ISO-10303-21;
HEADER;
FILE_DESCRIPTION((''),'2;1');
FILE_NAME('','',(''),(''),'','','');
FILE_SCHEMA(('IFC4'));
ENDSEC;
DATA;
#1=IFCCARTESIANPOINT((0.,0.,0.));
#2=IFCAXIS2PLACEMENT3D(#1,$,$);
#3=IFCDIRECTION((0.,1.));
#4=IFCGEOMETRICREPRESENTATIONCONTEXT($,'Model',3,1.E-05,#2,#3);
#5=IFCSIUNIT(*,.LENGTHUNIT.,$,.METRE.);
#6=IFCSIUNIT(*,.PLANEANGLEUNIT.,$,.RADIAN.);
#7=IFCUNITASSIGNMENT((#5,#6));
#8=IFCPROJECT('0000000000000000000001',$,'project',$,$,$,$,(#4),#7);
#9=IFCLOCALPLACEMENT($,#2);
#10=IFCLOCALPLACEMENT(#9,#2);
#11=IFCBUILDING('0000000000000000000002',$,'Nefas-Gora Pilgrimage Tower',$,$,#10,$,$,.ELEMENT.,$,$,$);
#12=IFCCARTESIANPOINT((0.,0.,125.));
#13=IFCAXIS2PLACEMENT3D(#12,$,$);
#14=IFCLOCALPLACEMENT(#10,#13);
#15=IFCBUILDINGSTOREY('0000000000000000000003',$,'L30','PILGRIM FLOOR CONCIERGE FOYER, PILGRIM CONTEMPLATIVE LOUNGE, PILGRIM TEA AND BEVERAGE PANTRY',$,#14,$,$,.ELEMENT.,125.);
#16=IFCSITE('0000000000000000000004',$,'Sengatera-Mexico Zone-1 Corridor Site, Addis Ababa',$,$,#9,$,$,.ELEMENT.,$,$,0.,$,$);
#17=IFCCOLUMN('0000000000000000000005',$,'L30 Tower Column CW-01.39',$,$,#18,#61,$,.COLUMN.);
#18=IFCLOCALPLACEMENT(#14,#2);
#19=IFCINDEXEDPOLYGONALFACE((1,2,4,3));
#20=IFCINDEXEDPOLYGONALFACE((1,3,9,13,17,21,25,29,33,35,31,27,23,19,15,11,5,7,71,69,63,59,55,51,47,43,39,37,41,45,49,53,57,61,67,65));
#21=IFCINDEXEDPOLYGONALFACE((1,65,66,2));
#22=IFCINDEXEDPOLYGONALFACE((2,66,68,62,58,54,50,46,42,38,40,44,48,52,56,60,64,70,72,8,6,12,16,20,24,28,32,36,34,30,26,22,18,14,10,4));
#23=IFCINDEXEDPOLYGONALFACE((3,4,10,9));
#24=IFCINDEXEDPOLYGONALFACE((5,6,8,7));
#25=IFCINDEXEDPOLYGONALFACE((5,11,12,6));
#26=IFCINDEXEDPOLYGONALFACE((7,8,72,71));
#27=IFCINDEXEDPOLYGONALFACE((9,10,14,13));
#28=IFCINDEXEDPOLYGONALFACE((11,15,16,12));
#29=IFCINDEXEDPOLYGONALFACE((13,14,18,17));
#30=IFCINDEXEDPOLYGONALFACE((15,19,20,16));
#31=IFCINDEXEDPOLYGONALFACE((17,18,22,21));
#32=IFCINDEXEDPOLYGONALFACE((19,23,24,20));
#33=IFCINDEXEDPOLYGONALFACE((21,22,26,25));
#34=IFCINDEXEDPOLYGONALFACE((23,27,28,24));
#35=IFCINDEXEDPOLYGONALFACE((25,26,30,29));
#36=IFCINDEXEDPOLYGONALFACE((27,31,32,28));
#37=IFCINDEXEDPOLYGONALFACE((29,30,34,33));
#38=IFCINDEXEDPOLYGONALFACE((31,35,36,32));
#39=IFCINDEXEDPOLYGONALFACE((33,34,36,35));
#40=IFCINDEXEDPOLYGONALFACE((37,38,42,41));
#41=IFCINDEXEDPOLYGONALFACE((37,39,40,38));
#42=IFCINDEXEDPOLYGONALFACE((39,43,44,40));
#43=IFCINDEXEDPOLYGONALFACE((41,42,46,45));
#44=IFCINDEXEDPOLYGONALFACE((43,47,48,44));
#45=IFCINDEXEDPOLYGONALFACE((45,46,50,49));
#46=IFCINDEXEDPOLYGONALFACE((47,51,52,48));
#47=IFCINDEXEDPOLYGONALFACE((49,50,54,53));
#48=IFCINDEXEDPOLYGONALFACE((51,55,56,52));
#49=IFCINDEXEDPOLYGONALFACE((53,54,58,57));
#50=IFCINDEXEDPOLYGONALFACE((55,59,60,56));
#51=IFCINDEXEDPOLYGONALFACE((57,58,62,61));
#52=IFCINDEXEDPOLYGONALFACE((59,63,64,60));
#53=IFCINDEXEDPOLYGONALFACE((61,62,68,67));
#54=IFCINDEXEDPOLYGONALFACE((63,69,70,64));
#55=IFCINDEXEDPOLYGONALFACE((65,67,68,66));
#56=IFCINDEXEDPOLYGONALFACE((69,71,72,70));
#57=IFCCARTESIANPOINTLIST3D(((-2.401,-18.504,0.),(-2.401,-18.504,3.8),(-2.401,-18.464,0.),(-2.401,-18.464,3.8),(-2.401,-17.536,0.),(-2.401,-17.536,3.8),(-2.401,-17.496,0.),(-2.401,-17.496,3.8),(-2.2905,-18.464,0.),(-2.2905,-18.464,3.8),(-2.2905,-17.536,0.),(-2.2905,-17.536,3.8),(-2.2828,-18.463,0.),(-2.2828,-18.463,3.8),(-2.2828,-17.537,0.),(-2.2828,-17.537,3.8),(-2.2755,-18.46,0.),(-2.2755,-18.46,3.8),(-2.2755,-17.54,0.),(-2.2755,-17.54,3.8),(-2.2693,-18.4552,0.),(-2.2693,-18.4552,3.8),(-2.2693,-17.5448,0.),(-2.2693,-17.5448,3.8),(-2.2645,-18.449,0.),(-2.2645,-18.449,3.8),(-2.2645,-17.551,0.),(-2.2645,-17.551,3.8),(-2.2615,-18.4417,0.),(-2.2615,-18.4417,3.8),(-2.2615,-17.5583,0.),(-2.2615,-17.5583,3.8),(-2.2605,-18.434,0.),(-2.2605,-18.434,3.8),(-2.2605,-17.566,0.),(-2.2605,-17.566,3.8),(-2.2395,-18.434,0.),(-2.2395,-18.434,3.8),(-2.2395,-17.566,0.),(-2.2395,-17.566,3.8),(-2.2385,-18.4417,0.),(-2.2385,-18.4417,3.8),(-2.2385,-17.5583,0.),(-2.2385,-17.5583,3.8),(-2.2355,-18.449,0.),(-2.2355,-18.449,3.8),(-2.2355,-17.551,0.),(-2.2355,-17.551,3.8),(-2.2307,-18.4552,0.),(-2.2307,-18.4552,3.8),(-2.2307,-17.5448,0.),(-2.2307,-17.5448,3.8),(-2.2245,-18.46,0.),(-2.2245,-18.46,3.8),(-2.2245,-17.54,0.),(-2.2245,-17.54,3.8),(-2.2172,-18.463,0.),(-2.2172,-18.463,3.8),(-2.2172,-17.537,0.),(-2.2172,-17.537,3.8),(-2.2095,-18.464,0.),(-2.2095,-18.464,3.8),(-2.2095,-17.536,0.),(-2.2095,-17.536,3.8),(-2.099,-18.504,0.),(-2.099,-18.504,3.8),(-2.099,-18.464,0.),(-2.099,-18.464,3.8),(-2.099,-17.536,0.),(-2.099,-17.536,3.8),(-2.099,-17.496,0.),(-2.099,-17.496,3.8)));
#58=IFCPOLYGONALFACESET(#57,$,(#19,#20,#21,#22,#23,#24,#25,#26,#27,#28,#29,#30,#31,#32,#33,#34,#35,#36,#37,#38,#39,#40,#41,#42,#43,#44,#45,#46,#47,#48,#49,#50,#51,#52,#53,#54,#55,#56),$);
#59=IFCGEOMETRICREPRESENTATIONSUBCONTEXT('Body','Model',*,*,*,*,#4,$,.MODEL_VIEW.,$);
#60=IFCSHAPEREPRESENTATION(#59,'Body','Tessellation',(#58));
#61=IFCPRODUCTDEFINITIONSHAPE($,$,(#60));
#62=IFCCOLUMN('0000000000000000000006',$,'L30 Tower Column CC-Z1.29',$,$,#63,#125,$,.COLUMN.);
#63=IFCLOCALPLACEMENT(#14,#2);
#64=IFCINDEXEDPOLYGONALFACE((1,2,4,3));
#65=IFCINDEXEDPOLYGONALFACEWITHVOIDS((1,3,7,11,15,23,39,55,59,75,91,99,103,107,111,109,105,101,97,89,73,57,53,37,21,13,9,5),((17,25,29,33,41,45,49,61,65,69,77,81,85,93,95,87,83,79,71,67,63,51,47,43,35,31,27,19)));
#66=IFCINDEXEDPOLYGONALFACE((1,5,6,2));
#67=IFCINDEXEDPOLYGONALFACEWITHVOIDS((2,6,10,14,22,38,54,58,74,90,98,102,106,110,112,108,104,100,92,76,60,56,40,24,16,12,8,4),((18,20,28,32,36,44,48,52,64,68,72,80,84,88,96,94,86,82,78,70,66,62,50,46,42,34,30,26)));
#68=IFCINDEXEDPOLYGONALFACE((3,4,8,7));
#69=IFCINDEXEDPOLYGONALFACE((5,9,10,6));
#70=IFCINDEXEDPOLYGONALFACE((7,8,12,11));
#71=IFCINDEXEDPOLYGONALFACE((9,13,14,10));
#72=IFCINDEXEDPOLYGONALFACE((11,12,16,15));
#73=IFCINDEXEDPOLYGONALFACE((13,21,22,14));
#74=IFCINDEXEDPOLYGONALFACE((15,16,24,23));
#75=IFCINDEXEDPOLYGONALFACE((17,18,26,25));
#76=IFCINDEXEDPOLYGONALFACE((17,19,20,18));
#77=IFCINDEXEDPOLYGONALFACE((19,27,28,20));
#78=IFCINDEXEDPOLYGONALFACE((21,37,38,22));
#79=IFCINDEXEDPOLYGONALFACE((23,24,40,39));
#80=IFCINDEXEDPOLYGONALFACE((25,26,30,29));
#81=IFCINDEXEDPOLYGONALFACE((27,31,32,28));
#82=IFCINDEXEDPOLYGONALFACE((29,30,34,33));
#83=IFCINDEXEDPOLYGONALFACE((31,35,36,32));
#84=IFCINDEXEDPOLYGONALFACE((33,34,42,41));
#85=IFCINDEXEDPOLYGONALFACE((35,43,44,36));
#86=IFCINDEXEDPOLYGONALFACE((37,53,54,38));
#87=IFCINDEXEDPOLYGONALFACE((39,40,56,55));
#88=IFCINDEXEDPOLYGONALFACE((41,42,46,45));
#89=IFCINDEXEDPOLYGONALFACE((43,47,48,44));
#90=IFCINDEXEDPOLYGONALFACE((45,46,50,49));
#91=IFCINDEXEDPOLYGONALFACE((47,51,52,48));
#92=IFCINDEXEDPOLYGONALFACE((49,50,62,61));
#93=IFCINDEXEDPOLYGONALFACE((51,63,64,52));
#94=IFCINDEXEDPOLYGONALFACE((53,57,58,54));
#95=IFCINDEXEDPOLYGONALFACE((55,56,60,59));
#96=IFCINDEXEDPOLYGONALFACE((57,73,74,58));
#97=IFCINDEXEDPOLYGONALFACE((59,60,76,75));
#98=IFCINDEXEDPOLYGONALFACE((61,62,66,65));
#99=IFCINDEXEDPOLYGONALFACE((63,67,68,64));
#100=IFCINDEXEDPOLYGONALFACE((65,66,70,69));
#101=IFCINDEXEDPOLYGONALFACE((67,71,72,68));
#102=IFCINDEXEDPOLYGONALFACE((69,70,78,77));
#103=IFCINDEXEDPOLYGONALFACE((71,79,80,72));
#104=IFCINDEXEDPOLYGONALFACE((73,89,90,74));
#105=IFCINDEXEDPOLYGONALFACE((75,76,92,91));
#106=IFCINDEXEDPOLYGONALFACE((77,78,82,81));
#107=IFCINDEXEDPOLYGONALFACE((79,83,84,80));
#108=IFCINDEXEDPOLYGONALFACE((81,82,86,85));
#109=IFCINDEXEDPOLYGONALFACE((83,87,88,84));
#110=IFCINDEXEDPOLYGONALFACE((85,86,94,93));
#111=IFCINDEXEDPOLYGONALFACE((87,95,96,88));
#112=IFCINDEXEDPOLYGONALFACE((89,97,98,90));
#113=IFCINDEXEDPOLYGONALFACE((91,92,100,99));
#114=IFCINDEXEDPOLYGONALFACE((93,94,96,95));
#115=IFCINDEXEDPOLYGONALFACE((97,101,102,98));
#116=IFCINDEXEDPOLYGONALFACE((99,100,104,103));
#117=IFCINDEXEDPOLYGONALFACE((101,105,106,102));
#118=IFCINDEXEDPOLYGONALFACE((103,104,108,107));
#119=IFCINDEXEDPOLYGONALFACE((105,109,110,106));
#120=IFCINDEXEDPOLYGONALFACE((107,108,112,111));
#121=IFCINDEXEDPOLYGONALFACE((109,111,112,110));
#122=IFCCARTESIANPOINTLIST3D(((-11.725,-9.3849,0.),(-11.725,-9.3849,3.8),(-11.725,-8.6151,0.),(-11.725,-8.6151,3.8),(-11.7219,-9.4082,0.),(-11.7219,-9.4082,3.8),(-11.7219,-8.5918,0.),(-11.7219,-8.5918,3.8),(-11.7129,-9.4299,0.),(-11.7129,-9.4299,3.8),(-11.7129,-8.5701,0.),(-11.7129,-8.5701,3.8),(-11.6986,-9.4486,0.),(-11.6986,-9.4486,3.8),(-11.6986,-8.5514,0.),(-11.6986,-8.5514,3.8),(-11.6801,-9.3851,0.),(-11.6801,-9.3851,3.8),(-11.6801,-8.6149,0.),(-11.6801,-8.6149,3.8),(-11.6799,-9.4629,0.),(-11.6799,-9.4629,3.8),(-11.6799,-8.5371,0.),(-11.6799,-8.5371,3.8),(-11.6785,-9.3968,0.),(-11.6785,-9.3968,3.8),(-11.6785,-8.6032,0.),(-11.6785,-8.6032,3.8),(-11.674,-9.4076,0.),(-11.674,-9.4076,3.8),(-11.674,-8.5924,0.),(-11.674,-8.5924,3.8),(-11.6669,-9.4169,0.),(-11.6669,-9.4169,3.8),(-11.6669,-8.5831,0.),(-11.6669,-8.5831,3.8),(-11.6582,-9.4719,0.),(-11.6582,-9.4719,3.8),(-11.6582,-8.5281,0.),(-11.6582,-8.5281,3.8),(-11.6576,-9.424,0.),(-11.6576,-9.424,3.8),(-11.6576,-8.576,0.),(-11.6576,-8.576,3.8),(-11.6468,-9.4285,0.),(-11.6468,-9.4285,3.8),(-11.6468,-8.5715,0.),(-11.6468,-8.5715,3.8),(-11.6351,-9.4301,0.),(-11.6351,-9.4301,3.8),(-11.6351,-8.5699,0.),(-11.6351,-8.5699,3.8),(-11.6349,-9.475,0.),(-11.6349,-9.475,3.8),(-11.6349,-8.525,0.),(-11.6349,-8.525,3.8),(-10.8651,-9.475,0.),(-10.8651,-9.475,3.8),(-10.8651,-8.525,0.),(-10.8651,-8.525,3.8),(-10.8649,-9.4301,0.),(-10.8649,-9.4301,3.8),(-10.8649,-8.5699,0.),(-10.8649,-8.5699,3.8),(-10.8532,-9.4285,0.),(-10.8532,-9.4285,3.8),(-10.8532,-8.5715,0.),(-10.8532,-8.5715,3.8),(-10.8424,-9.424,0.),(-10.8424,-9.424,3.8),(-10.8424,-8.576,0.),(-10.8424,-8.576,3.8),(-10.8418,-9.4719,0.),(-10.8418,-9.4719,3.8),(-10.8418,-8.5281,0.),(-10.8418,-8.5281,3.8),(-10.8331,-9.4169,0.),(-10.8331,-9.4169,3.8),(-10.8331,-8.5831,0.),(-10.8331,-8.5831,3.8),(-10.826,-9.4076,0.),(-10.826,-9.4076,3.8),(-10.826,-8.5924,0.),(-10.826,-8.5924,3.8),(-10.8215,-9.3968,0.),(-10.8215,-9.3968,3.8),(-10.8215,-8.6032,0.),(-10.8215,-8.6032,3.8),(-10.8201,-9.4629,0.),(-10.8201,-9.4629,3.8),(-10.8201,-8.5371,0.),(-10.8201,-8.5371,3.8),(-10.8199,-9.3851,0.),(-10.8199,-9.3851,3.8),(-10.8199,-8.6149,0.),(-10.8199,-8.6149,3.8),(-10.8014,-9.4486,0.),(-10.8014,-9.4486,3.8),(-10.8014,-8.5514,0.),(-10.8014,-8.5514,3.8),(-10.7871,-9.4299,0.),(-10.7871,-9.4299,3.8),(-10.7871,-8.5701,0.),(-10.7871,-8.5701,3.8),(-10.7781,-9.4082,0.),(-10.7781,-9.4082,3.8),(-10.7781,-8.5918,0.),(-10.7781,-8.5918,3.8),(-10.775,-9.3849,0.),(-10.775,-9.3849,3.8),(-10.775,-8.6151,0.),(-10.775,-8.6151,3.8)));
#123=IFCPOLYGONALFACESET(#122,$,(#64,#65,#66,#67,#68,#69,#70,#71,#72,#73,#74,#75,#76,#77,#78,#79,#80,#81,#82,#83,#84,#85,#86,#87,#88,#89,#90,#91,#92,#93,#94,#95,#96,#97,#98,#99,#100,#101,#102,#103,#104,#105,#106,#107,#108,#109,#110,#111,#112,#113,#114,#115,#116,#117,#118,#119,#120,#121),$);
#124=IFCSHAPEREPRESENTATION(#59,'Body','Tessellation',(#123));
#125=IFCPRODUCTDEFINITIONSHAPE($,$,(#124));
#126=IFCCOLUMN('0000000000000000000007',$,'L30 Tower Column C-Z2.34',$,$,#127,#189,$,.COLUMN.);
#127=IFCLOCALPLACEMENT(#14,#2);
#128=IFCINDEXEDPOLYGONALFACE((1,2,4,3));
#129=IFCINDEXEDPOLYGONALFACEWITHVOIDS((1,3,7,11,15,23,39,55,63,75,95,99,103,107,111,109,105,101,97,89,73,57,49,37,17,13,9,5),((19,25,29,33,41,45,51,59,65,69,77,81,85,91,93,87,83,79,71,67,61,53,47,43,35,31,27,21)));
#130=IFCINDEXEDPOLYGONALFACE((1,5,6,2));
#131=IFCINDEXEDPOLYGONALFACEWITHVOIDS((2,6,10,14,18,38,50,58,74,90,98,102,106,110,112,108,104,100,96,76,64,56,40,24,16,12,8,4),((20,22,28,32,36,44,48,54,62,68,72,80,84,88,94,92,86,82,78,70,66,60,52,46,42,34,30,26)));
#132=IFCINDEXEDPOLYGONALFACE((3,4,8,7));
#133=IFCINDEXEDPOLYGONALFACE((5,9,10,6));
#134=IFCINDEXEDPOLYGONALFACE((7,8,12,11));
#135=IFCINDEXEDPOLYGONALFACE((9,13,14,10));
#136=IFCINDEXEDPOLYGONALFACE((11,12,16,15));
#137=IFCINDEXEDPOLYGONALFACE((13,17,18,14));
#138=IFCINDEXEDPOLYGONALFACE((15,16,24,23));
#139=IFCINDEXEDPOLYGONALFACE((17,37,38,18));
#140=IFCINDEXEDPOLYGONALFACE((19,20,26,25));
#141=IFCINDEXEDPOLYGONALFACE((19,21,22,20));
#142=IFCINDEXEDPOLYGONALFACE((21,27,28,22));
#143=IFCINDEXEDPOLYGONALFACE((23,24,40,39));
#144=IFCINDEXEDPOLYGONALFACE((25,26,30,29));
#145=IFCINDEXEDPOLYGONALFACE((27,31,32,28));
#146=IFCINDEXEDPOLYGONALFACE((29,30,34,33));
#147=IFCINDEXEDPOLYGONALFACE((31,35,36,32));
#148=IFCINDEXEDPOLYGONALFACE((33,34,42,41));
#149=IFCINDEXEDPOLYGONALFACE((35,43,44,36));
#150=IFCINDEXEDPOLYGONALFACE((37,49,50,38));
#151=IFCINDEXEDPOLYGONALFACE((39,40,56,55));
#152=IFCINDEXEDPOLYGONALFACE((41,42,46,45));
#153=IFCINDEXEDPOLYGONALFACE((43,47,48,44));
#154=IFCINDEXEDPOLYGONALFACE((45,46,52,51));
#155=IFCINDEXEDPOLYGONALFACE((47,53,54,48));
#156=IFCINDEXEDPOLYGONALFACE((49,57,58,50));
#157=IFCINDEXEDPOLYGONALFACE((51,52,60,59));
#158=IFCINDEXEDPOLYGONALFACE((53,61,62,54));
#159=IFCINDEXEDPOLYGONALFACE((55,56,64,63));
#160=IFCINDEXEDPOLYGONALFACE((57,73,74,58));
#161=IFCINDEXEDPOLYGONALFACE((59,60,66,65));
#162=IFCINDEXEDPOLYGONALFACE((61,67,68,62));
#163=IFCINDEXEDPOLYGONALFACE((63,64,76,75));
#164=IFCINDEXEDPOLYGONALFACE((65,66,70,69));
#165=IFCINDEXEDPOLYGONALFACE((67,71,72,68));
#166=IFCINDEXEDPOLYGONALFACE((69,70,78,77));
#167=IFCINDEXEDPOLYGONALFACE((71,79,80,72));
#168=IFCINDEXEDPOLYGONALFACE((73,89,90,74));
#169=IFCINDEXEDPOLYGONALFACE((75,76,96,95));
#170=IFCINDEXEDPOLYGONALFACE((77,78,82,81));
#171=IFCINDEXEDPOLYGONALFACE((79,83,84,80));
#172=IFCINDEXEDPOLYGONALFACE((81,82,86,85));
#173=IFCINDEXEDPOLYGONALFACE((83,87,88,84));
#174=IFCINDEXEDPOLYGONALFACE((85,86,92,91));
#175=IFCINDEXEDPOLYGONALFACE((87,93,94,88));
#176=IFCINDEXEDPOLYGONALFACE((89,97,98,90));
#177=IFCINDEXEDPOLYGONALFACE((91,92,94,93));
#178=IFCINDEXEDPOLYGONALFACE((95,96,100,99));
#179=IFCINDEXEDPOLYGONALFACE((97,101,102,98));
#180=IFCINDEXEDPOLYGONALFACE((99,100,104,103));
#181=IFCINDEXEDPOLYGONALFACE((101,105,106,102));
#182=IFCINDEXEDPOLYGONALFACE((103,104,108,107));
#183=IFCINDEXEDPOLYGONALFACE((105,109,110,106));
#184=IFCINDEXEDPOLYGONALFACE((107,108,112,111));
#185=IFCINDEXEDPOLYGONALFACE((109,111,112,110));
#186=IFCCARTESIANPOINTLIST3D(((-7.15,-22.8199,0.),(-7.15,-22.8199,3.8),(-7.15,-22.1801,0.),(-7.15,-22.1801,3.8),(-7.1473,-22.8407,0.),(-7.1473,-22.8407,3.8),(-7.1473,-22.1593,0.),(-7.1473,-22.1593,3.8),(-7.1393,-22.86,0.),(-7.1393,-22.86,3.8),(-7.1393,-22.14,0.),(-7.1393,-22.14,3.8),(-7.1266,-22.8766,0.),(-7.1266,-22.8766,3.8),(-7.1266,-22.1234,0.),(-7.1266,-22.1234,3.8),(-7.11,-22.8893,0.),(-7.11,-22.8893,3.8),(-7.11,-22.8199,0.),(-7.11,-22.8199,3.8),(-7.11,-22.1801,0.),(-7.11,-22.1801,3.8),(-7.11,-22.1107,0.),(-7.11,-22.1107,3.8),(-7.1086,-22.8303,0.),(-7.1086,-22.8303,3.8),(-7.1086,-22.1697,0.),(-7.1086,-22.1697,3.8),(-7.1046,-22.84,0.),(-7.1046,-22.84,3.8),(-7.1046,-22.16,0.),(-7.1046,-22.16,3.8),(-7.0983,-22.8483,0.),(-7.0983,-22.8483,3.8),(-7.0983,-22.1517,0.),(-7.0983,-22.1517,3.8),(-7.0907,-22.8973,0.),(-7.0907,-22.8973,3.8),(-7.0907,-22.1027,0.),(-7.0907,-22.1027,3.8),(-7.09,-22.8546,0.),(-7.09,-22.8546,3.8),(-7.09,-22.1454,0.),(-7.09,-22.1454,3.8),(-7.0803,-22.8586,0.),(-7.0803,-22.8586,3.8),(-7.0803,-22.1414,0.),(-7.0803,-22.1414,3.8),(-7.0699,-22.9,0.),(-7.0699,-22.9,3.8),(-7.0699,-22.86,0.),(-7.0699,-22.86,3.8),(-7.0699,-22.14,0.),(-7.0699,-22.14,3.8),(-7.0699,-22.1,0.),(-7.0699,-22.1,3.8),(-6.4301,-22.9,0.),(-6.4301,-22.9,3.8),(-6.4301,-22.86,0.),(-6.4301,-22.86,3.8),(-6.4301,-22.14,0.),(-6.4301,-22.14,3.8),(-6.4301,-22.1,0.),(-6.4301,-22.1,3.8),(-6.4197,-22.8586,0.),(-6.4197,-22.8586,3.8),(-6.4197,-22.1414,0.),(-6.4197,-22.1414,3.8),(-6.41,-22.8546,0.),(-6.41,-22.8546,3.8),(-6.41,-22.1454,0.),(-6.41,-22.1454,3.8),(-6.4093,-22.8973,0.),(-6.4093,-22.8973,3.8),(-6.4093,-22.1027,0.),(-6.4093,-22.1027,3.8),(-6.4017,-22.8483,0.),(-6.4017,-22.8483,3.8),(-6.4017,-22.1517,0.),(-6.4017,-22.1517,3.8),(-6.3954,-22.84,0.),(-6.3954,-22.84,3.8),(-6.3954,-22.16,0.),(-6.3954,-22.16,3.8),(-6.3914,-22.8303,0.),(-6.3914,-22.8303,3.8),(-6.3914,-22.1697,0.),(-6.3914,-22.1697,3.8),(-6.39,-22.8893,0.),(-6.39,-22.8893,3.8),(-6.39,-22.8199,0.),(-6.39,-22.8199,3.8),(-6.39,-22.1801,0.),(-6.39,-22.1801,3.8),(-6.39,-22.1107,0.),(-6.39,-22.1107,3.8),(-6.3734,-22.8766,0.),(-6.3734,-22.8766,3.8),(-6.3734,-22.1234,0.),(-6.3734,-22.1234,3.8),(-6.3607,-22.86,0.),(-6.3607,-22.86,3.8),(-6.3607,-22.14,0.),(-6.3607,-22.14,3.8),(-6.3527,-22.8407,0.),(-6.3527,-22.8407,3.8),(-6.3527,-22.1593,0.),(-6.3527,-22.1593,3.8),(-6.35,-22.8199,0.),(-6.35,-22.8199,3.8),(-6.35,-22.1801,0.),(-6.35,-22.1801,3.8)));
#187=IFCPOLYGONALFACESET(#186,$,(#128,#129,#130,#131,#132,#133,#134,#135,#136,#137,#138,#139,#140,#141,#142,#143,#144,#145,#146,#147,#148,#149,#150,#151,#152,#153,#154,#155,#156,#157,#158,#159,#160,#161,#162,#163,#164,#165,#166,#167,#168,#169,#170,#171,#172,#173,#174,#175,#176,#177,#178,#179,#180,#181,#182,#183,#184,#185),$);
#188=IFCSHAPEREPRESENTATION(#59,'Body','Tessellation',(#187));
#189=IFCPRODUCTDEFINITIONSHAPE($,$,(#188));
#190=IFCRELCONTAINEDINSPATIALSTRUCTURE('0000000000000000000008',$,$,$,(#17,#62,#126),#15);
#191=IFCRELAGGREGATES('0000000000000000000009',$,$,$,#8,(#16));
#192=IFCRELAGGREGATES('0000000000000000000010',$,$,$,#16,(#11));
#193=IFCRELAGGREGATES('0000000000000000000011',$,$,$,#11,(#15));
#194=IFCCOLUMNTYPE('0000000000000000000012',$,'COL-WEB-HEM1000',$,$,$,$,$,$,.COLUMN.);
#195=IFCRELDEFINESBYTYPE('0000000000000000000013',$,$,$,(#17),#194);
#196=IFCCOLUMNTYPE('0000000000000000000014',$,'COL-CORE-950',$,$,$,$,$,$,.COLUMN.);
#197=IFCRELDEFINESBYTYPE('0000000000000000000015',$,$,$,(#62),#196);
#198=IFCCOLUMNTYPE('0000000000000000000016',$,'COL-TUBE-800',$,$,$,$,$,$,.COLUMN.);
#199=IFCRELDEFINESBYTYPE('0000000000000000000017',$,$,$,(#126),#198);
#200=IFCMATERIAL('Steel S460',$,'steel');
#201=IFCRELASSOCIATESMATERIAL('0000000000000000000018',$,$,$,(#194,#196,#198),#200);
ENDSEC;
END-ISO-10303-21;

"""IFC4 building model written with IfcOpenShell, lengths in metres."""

from ifc_helpers import new_model, si_unit, direction, frame, origin, origin_2d, place, context, subcontext, project, spatial, hollow_rectangle, i_section, extrude, source, transform, mapped, material, material_profile, profile_set, type_object, element, save


model = new_model("IFC4")

# Units and contexts
model_context = context("Model", 3, precision=1e-05, world=origin(), true_north=direction((0.0, 1.0)))
body_context = subcontext(model_context, "Body", "Model", "MODEL_VIEW")
ifc_project = project(units=[si_unit("LENGTHUNIT", "METRE"), si_unit("PLANEANGLEUNIT", "RADIAN")], contexts=[model_context])

# Site, building, storey
site_placement = place(None, origin())
site = spatial("IfcSite", under=ifc_project, at=site_placement, Name="Sengatera-Mexico Zone-1 Corridor Site, Addis Ababa", CompositionType="ELEMENT", RefElevation=0.0)
building_placement = place(site_placement, origin())
building = spatial("IfcBuilding", under=site, at=building_placement, Name="Nefas-Gora Pilgrimage Tower", CompositionType="ELEMENT")
storey_placement = place(building_placement, frame((0.0, 0.0, 125.0)))
storey = spatial("IfcBuildingStorey", under=building, at=storey_placement, Name="L30", Description="PILGRIM FLOOR CONCIERGE FOYER, PILGRIM CONTEMPLATIVE LOUNGE, PILGRIM TEA AND BEVERAGE PANTRY", CompositionType="ELEMENT", Elevation=125.0)

# Columns
ifc_material_1 = material(Name="Steel S460", Category="steel")
ifc_material_profile_1 = material_profile(ifc_material_1, i_section(OverallWidth=0.302, OverallDepth=1.0081, WebThickness=0.021, FlangeThickness=0.04, FilletRadius=0.03, at=origin_2d()), Name="HEM 1000")
ifc_profile_set_1 = profile_set([ifc_material_profile_1], Name="Steel S460")
column_type_1 = type_object("IfcColumnType", Name="COL-WEB-HEM1000", PredefinedType="COLUMN", material=ifc_profile_set_1)
shared_shape_1 = source(origin(), body_context, "Body", "SweptSolid", [
    extrude(i_section(OverallWidth=0.302, OverallDepth=1.0081, WebThickness=0.021, FlangeThickness=0.04, FilletRadius=0.03, at=origin_2d()), origin(), (0.0, 0.0, 1.0), 3.8),
])
for number, where, z_axis, x_axis, name in (
    (1, (-2.25, -18.0, 0.0), (0.0, 0.0, 1.0), (1.0, 0.0, 0.0), "L30 Tower Column CW-01.39"),
):
    element("IfcColumn", number, at=place(storey_placement, frame(where, z_axis=z_axis, x_axis=x_axis)), inside=storey, type_object=column_type_1, Name=name, PredefinedType="COLUMN", context=body_context, shape_type="MappedRepresentation", body=[
        mapped(shared_shape_1, transform((0.0, 0.0, 0.0), x_axis=(1.0, 0.0, 0.0), y_axis=(0.0, 1.0, 0.0), z_axis=(0.0, 0.0, 1.0), scale=1.0)),
    ])
ifc_material_profile_2 = material_profile(ifc_material_1, hollow_rectangle(XDim=0.95, YDim=0.95, WallThickness=0.0449, InnerFilletRadius=0.0449, OuterFilletRadius=0.0901, at=origin_2d()), Name="BOX 950x950x45")
ifc_profile_set_2 = profile_set([ifc_material_profile_2], Name="Steel S460")
column_type_2 = type_object("IfcColumnType", Name="COL-CORE-950", PredefinedType="COLUMN", material=ifc_profile_set_2)
shared_shape_2 = source(origin(), body_context, "Body", "SweptSolid", [
    extrude(hollow_rectangle(XDim=0.95, YDim=0.95, WallThickness=0.0449, InnerFilletRadius=0.0449, OuterFilletRadius=0.0901, at=origin_2d()), origin(), (0.0, 0.0, 1.0), 3.8),
])
column_1_placement = place(storey_placement, frame((-11.25, -9.0, 0.0), z_axis=(0.0, 0.0, 1.0), x_axis=(1.0, 0.0, 0.0)))
element("IfcColumn", 2, at=column_1_placement, inside=storey, type_object=column_type_2, Name="L30 Tower Column CC-Z1.29", PredefinedType="COLUMN", context=body_context, shape_type="MappedRepresentation", body=[
    mapped(shared_shape_2, transform((0.0, 0.0, 0.0), x_axis=(1.0, 0.0, 0.0), y_axis=(0.0, 1.0, 0.0), z_axis=(0.0, 0.0, 1.0), scale=1.0)),
])
ifc_material_profile_3 = material_profile(ifc_material_1, hollow_rectangle(XDim=0.8, YDim=0.8, WallThickness=0.04, InnerFilletRadius=0.04, OuterFilletRadius=0.0801, at=origin_2d()), Name="BOX 800x800x40")
ifc_profile_set_3 = profile_set([ifc_material_profile_3], Name="Steel S460")
column_type_3 = type_object("IfcColumnType", Name="COL-TUBE-800", PredefinedType="COLUMN", material=ifc_profile_set_3)
shared_shape_3 = source(origin(), body_context, "Body", "SweptSolid", [
    extrude(hollow_rectangle(XDim=0.8, YDim=0.8, WallThickness=0.04, InnerFilletRadius=0.04, OuterFilletRadius=0.0801, at=origin_2d()), origin(), (0.0, 0.0, 1.0), 3.8),
])
column_2_placement = place(storey_placement, frame((-6.75, -22.5, 0.0), z_axis=(0.0, 0.0, 1.0), x_axis=(1.0, 0.0, 0.0)))
element("IfcColumn", 3, at=column_2_placement, inside=storey, type_object=column_type_3, Name="L30 Tower Column C-Z2.34", PredefinedType="COLUMN", context=body_context, shape_type="MappedRepresentation", body=[
    mapped(shared_shape_3, transform((0.0, 0.0, 0.0), x_axis=(1.0, 0.0, 0.0), y_axis=(0.0, 1.0, 0.0), z_axis=(0.0, 0.0, 1.0), scale=1.0)),
])

save(model, "model.ifc")
